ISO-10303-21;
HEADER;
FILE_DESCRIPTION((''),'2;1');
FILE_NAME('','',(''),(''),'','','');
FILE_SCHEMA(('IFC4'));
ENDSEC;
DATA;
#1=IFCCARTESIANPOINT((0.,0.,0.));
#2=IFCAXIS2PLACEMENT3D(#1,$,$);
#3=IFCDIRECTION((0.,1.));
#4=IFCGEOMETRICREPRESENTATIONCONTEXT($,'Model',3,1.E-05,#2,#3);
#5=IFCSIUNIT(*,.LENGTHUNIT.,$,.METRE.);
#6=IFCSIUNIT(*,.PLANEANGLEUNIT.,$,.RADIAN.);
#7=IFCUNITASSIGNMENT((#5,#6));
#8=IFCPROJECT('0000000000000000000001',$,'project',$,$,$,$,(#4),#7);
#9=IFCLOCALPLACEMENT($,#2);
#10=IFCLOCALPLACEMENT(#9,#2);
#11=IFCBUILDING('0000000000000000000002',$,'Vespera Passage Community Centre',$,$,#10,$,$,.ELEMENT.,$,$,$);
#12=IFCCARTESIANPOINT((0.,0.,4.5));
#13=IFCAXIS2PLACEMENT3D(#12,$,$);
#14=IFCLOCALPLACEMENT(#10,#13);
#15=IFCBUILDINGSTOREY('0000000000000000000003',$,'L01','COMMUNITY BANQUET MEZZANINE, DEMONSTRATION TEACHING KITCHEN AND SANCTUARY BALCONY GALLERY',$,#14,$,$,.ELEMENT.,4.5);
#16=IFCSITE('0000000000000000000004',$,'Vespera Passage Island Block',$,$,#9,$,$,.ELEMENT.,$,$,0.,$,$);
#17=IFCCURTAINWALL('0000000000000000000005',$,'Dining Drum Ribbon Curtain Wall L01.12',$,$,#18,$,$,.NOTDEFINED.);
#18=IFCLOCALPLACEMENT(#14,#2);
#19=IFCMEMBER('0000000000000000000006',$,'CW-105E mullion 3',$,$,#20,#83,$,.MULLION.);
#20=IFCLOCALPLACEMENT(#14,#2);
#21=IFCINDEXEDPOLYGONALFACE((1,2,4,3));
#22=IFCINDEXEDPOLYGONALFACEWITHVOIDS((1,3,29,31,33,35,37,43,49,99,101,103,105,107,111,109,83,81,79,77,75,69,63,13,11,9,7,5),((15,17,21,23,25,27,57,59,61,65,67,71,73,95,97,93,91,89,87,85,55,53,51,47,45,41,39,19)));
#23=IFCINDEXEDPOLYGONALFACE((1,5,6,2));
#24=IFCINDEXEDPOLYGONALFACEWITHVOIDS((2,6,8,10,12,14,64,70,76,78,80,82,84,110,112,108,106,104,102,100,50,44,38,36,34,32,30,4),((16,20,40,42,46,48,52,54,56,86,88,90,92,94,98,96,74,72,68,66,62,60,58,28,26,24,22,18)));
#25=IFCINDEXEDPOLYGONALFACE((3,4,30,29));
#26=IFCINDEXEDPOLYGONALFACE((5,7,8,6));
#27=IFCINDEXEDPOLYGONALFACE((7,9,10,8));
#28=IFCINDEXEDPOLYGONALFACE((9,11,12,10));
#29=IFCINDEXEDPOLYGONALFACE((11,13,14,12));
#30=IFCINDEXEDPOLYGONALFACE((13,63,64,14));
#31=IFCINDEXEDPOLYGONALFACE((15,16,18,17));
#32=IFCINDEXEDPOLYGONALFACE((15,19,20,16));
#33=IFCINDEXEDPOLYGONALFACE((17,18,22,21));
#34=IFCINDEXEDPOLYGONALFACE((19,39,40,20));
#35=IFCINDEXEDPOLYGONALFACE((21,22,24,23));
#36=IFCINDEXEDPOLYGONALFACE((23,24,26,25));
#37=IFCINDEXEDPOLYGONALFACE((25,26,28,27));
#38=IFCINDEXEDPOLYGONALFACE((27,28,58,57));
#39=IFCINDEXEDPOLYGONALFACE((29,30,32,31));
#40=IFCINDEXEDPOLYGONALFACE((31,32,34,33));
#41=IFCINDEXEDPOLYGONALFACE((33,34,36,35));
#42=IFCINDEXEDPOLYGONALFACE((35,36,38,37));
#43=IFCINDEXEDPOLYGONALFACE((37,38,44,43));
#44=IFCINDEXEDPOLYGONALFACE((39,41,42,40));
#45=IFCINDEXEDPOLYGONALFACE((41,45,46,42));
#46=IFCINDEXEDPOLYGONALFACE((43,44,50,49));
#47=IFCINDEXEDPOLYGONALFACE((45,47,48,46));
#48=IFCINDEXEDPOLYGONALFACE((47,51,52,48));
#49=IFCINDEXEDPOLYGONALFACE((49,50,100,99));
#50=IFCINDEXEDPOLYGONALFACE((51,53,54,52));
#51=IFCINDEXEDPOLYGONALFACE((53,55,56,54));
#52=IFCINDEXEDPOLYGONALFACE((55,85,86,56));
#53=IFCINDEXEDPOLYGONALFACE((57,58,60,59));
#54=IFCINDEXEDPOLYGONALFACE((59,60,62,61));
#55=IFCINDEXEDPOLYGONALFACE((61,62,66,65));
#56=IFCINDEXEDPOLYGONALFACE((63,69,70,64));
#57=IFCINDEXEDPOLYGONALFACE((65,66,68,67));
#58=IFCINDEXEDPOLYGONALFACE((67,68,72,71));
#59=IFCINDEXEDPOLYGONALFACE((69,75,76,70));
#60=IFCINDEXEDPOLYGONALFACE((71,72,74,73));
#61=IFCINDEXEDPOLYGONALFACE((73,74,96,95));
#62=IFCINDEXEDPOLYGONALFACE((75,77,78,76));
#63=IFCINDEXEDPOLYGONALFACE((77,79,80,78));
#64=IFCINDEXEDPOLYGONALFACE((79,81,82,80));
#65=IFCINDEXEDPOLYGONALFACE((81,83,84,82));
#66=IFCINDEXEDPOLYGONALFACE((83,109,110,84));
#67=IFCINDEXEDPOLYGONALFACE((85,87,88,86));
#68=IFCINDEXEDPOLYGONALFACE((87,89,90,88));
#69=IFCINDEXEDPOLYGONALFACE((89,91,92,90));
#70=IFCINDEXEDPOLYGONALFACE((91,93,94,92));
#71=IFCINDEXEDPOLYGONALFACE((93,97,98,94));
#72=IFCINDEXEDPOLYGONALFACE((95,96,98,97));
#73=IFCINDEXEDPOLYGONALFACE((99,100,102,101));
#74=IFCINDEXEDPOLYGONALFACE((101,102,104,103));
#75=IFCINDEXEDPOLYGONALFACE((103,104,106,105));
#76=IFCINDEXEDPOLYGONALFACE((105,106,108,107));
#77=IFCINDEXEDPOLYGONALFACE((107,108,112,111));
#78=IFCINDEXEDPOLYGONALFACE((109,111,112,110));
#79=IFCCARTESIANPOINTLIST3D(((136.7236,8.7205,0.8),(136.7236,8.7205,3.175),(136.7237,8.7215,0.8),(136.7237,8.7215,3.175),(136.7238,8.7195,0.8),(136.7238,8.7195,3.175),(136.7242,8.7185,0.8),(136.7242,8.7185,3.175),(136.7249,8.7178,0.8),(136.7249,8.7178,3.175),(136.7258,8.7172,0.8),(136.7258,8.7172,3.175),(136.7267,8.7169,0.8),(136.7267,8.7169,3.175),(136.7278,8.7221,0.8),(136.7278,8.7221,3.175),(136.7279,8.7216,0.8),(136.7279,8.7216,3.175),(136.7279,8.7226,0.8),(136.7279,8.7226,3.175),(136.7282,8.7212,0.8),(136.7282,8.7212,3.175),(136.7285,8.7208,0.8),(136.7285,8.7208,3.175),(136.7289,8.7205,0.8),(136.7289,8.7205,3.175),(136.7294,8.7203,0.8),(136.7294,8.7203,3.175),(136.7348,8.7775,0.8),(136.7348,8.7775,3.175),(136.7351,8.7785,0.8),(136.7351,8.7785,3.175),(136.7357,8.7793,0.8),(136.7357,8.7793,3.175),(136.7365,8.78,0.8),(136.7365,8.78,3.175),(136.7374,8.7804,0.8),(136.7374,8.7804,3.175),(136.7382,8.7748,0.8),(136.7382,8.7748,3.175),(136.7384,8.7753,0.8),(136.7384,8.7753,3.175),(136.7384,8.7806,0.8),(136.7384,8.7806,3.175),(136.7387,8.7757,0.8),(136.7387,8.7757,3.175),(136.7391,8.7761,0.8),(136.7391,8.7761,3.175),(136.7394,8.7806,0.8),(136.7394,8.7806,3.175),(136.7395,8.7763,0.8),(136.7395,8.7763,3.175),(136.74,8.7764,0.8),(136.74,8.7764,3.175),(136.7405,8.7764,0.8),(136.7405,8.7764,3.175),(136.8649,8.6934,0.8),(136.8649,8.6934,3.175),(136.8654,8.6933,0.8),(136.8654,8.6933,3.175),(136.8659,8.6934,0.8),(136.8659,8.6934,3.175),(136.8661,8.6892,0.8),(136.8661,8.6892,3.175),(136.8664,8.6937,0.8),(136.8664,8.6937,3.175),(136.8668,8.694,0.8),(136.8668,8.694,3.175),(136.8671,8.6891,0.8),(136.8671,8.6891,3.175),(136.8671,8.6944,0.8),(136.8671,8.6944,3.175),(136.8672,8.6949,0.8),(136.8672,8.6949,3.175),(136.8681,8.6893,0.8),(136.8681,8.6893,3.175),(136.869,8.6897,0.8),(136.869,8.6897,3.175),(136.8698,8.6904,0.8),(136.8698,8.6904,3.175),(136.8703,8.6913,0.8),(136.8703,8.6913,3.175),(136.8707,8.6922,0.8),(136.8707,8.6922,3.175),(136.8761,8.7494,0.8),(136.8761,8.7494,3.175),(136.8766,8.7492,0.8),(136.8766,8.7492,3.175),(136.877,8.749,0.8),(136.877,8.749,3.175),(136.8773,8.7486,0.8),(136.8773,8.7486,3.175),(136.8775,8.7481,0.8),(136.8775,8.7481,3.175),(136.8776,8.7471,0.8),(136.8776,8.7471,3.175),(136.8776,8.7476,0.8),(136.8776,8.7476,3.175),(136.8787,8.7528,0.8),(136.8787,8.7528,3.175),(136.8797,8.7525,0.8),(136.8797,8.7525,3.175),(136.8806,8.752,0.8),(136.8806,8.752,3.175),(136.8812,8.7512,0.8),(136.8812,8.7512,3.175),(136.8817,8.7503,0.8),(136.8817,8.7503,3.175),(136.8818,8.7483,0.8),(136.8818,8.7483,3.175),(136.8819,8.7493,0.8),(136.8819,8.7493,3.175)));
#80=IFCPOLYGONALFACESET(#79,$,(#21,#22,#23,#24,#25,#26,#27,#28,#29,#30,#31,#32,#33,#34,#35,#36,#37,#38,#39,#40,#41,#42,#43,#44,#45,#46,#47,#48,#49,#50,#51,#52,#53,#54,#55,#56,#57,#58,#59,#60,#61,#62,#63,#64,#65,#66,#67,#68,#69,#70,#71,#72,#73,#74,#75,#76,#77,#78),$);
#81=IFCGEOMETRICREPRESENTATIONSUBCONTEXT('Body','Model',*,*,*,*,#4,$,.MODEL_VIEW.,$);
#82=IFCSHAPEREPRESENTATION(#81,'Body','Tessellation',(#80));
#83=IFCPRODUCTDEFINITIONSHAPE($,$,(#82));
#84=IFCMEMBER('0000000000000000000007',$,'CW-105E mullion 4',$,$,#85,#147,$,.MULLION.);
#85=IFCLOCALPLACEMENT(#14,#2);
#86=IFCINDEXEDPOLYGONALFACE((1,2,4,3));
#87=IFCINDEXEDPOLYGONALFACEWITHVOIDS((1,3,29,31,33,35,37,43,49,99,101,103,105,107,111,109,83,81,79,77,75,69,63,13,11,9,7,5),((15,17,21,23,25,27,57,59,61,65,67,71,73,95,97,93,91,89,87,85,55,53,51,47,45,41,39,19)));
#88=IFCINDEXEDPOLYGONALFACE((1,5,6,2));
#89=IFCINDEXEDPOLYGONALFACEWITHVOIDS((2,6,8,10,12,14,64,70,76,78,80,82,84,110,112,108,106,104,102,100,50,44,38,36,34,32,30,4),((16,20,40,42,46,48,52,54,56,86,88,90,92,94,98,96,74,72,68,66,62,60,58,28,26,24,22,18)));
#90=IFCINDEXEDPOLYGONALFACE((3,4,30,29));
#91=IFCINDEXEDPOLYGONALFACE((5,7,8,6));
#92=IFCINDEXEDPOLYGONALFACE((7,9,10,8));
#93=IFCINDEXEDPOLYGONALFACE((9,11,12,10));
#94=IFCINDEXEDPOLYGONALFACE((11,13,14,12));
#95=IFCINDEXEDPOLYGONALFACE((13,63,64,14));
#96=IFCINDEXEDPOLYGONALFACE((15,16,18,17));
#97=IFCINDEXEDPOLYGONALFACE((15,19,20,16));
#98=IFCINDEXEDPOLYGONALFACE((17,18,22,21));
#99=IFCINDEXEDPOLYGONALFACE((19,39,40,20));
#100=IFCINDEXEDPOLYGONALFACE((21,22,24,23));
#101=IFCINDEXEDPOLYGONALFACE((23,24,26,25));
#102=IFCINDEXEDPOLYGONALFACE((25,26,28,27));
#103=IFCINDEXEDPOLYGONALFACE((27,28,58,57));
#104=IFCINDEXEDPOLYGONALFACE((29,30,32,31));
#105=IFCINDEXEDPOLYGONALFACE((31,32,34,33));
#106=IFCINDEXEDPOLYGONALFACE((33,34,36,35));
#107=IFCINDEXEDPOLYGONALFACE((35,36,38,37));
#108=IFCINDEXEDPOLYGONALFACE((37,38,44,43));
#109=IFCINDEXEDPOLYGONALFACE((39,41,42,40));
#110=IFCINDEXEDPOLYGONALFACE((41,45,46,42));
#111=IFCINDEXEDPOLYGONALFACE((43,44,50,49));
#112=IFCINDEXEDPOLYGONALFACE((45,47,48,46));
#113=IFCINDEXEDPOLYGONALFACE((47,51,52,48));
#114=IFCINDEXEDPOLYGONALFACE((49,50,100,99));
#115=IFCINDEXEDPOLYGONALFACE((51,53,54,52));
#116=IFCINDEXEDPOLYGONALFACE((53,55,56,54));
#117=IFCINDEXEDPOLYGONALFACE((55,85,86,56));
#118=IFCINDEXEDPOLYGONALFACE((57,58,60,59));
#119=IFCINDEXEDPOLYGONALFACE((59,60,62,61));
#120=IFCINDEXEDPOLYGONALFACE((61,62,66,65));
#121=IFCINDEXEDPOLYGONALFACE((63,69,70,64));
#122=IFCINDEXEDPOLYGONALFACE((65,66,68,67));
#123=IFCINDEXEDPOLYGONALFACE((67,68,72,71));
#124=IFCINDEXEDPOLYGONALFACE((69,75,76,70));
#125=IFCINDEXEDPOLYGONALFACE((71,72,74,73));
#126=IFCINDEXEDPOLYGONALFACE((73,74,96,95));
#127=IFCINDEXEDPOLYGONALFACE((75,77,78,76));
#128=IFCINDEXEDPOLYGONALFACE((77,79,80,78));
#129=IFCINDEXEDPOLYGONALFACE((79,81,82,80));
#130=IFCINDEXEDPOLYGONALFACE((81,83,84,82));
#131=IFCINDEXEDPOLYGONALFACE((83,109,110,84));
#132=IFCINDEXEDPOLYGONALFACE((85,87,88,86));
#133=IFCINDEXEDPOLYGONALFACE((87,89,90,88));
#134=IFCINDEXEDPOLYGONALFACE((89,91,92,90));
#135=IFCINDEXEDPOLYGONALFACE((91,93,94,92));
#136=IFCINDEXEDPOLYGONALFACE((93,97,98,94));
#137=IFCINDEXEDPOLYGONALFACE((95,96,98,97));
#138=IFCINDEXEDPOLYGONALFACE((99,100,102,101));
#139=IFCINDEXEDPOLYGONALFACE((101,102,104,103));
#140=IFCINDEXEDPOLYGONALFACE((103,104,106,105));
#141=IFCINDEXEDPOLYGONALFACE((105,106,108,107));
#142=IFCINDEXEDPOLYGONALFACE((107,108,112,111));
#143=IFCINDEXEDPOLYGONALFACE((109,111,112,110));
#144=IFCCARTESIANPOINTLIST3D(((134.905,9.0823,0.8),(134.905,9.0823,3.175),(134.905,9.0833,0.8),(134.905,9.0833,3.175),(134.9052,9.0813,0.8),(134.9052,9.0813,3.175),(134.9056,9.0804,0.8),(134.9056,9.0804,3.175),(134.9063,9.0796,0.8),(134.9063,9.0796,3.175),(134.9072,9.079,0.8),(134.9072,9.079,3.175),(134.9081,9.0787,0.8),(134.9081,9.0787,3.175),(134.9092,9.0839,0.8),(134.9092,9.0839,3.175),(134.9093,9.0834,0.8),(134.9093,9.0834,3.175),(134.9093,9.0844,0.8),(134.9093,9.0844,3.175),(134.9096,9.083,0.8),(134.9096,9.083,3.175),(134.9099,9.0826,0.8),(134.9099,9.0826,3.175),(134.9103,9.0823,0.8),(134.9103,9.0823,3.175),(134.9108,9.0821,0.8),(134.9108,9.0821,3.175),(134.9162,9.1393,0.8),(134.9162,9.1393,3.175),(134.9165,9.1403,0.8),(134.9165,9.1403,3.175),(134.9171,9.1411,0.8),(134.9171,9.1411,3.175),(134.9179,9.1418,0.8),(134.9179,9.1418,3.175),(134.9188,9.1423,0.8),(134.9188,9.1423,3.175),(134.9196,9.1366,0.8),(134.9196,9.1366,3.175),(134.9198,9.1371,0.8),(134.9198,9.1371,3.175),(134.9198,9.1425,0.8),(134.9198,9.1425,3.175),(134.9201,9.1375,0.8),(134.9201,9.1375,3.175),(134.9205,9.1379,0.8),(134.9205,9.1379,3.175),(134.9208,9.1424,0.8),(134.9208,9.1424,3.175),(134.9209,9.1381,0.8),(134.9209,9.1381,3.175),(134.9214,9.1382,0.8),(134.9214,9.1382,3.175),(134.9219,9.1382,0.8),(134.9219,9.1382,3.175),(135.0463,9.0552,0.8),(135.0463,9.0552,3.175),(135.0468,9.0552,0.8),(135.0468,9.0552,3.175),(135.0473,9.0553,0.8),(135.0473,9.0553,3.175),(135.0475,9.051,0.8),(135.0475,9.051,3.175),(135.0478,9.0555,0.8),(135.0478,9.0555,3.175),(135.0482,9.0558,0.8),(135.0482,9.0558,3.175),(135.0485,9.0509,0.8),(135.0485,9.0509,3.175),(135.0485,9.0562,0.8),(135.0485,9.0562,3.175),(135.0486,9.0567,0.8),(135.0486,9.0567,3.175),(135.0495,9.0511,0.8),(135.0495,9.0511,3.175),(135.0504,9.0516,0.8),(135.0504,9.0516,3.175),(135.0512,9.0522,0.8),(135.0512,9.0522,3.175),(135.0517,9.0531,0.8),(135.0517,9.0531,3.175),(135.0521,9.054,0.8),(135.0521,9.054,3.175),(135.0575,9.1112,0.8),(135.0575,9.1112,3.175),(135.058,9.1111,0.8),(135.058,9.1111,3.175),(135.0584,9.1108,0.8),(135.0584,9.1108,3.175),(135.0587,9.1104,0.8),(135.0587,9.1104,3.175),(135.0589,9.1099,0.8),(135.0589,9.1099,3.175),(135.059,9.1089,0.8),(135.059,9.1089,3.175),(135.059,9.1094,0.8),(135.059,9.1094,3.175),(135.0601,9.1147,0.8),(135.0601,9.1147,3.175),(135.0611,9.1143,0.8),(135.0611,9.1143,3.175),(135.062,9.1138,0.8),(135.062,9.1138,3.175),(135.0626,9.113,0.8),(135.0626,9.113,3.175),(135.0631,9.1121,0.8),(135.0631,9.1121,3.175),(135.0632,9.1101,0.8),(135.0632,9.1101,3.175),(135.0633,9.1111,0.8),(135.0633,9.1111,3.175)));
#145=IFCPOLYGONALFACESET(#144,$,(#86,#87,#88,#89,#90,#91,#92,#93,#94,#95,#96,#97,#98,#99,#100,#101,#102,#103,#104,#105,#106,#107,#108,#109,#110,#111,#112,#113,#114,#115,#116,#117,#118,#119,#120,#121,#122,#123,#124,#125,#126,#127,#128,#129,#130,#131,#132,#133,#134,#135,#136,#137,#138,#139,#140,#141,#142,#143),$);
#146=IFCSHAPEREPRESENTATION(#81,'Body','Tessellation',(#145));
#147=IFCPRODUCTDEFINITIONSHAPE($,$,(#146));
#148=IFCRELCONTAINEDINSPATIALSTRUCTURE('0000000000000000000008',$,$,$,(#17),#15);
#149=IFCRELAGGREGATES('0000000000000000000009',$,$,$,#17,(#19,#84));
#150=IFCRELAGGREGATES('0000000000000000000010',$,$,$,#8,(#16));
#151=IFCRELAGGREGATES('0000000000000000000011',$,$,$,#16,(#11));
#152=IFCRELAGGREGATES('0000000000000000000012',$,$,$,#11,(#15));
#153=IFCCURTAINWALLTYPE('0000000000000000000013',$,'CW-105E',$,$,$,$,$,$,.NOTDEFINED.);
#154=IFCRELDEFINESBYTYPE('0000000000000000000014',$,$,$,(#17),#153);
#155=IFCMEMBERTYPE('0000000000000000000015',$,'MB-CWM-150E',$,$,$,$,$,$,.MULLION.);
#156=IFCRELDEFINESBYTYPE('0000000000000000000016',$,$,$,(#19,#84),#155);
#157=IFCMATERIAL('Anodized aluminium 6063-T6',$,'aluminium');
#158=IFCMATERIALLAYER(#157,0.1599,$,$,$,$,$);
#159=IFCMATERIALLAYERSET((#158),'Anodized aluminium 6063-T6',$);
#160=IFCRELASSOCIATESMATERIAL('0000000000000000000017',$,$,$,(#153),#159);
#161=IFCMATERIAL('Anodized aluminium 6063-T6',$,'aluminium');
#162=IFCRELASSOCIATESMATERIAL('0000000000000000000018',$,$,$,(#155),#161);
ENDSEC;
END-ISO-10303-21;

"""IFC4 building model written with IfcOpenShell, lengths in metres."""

from ifc_helpers import new_model, si_unit, direction, frame, origin, origin_2d, place, context, subcontext, project, spatial, hollow_rectangle, extrude, material, layer, layer_set, material_profile, profile_set, type_object, element, aggregate, save


model = new_model("IFC4")

# Units and contexts
model_context = context("Model", 3, precision=1e-05, world=origin(), true_north=direction((0.0, 1.0)))
body_context = subcontext(model_context, "Body", "Model", "MODEL_VIEW")
ifc_project = project(units=[si_unit("LENGTHUNIT", "METRE"), si_unit("PLANEANGLEUNIT", "RADIAN")], contexts=[model_context])

# Site, building, storey
site_placement = place(None, origin())
site = spatial("IfcSite", under=ifc_project, at=site_placement, Name="Vespera Passage Island Block", CompositionType="ELEMENT", RefElevation=0.0)
building_placement = place(site_placement, origin())
building = spatial("IfcBuilding", under=site, at=building_placement, Name="Vespera Passage Community Centre", CompositionType="ELEMENT")
storey_placement = place(building_placement, frame((0.0, 0.0, 4.5)))
storey = spatial("IfcBuildingStorey", under=building, at=storey_placement, Name="L01", Description="COMMUNITY BANQUET MEZZANINE, DEMONSTRATION TEACHING KITCHEN AND SANCTUARY BALCONY GALLERY", CompositionType="ELEMENT", Elevation=4.5)

# Curtain wall, members
ifc_material_1 = material(Name="Anodized aluminium 6063-T6", Category="aluminium")
ifc_layer_1 = layer(ifc_material_1, 0.1599)
ifc_layer_set_1 = layer_set([ifc_layer_1], Name="Anodized aluminium 6063-T6")
curtain_wall_type = type_object("IfcCurtainWallType", Name="CW-105E", PredefinedType="NOTDEFINED", material=ifc_layer_set_1)
curtain_wall_placement = place(storey_placement, origin())
curtain_wall = element("IfcCurtainWall", 1, at=curtain_wall_placement, inside=storey, type_object=curtain_wall_type, Name="Dining Drum Ribbon Curtain Wall L01.12", PredefinedType="NOTDEFINED")
ifc_material_2 = material(Name="Anodized aluminium 6063-T6", Category="aluminium")
ifc_material_profile_1 = material_profile(ifc_material_2, hollow_rectangle(XDim=0.0649, YDim=0.1499, WallThickness=0.0039, InnerFilletRadius=0.002, OuterFilletRadius=0.0039, at=origin_2d()), Name="ALU150X65X4")
ifc_profile_set_1 = profile_set([ifc_material_profile_1], Name="Anodized aluminium 6063-T6")
member_type_1 = type_object("IfcMemberType", Name="MB-CWM-150E", PredefinedType="MULLION", material=ifc_profile_set_1)
member_1_placement = place(storey_placement, frame((136.8027, 8.7349, 0.8), z_axis=(0.0, 0.0, 1.0), x_axis=(-0.195097, -0.980784, 0.0)))
member_1 = element("IfcMember", 2, at=member_1_placement, type_object=member_type_1, Name="CW-105E mullion 3", PredefinedType="MULLION", context=body_context, shape_type="SweptSolid", body=[
    extrude(hollow_rectangle(XDim=0.0649, YDim=0.1499, WallThickness=0.0039, InnerFilletRadius=0.002, OuterFilletRadius=0.0039, at=origin_2d()), origin(), (0.0, 0.0, 1.0), 2.375),
])
member_2_placement = place(storey_placement, frame((134.9841, 9.0967, 0.8), z_axis=(0.0, 0.0, 1.0), x_axis=(-0.195097, -0.980784, 0.0)))
member_2 = element("IfcMember", 3, at=member_2_placement, type_object=member_type_1, Name="CW-105E mullion 4", PredefinedType="MULLION", context=body_context, shape_type="SweptSolid", body=[
    extrude(hollow_rectangle(XDim=0.0649, YDim=0.1499, WallThickness=0.0039, InnerFilletRadius=0.002, OuterFilletRadius=0.0039, at=origin_2d()), origin(), (0.0, 0.0, 1.0), 2.375),
])
aggregate(curtain_wall, [member_1, member_2])

save(model, "model.ifc")
